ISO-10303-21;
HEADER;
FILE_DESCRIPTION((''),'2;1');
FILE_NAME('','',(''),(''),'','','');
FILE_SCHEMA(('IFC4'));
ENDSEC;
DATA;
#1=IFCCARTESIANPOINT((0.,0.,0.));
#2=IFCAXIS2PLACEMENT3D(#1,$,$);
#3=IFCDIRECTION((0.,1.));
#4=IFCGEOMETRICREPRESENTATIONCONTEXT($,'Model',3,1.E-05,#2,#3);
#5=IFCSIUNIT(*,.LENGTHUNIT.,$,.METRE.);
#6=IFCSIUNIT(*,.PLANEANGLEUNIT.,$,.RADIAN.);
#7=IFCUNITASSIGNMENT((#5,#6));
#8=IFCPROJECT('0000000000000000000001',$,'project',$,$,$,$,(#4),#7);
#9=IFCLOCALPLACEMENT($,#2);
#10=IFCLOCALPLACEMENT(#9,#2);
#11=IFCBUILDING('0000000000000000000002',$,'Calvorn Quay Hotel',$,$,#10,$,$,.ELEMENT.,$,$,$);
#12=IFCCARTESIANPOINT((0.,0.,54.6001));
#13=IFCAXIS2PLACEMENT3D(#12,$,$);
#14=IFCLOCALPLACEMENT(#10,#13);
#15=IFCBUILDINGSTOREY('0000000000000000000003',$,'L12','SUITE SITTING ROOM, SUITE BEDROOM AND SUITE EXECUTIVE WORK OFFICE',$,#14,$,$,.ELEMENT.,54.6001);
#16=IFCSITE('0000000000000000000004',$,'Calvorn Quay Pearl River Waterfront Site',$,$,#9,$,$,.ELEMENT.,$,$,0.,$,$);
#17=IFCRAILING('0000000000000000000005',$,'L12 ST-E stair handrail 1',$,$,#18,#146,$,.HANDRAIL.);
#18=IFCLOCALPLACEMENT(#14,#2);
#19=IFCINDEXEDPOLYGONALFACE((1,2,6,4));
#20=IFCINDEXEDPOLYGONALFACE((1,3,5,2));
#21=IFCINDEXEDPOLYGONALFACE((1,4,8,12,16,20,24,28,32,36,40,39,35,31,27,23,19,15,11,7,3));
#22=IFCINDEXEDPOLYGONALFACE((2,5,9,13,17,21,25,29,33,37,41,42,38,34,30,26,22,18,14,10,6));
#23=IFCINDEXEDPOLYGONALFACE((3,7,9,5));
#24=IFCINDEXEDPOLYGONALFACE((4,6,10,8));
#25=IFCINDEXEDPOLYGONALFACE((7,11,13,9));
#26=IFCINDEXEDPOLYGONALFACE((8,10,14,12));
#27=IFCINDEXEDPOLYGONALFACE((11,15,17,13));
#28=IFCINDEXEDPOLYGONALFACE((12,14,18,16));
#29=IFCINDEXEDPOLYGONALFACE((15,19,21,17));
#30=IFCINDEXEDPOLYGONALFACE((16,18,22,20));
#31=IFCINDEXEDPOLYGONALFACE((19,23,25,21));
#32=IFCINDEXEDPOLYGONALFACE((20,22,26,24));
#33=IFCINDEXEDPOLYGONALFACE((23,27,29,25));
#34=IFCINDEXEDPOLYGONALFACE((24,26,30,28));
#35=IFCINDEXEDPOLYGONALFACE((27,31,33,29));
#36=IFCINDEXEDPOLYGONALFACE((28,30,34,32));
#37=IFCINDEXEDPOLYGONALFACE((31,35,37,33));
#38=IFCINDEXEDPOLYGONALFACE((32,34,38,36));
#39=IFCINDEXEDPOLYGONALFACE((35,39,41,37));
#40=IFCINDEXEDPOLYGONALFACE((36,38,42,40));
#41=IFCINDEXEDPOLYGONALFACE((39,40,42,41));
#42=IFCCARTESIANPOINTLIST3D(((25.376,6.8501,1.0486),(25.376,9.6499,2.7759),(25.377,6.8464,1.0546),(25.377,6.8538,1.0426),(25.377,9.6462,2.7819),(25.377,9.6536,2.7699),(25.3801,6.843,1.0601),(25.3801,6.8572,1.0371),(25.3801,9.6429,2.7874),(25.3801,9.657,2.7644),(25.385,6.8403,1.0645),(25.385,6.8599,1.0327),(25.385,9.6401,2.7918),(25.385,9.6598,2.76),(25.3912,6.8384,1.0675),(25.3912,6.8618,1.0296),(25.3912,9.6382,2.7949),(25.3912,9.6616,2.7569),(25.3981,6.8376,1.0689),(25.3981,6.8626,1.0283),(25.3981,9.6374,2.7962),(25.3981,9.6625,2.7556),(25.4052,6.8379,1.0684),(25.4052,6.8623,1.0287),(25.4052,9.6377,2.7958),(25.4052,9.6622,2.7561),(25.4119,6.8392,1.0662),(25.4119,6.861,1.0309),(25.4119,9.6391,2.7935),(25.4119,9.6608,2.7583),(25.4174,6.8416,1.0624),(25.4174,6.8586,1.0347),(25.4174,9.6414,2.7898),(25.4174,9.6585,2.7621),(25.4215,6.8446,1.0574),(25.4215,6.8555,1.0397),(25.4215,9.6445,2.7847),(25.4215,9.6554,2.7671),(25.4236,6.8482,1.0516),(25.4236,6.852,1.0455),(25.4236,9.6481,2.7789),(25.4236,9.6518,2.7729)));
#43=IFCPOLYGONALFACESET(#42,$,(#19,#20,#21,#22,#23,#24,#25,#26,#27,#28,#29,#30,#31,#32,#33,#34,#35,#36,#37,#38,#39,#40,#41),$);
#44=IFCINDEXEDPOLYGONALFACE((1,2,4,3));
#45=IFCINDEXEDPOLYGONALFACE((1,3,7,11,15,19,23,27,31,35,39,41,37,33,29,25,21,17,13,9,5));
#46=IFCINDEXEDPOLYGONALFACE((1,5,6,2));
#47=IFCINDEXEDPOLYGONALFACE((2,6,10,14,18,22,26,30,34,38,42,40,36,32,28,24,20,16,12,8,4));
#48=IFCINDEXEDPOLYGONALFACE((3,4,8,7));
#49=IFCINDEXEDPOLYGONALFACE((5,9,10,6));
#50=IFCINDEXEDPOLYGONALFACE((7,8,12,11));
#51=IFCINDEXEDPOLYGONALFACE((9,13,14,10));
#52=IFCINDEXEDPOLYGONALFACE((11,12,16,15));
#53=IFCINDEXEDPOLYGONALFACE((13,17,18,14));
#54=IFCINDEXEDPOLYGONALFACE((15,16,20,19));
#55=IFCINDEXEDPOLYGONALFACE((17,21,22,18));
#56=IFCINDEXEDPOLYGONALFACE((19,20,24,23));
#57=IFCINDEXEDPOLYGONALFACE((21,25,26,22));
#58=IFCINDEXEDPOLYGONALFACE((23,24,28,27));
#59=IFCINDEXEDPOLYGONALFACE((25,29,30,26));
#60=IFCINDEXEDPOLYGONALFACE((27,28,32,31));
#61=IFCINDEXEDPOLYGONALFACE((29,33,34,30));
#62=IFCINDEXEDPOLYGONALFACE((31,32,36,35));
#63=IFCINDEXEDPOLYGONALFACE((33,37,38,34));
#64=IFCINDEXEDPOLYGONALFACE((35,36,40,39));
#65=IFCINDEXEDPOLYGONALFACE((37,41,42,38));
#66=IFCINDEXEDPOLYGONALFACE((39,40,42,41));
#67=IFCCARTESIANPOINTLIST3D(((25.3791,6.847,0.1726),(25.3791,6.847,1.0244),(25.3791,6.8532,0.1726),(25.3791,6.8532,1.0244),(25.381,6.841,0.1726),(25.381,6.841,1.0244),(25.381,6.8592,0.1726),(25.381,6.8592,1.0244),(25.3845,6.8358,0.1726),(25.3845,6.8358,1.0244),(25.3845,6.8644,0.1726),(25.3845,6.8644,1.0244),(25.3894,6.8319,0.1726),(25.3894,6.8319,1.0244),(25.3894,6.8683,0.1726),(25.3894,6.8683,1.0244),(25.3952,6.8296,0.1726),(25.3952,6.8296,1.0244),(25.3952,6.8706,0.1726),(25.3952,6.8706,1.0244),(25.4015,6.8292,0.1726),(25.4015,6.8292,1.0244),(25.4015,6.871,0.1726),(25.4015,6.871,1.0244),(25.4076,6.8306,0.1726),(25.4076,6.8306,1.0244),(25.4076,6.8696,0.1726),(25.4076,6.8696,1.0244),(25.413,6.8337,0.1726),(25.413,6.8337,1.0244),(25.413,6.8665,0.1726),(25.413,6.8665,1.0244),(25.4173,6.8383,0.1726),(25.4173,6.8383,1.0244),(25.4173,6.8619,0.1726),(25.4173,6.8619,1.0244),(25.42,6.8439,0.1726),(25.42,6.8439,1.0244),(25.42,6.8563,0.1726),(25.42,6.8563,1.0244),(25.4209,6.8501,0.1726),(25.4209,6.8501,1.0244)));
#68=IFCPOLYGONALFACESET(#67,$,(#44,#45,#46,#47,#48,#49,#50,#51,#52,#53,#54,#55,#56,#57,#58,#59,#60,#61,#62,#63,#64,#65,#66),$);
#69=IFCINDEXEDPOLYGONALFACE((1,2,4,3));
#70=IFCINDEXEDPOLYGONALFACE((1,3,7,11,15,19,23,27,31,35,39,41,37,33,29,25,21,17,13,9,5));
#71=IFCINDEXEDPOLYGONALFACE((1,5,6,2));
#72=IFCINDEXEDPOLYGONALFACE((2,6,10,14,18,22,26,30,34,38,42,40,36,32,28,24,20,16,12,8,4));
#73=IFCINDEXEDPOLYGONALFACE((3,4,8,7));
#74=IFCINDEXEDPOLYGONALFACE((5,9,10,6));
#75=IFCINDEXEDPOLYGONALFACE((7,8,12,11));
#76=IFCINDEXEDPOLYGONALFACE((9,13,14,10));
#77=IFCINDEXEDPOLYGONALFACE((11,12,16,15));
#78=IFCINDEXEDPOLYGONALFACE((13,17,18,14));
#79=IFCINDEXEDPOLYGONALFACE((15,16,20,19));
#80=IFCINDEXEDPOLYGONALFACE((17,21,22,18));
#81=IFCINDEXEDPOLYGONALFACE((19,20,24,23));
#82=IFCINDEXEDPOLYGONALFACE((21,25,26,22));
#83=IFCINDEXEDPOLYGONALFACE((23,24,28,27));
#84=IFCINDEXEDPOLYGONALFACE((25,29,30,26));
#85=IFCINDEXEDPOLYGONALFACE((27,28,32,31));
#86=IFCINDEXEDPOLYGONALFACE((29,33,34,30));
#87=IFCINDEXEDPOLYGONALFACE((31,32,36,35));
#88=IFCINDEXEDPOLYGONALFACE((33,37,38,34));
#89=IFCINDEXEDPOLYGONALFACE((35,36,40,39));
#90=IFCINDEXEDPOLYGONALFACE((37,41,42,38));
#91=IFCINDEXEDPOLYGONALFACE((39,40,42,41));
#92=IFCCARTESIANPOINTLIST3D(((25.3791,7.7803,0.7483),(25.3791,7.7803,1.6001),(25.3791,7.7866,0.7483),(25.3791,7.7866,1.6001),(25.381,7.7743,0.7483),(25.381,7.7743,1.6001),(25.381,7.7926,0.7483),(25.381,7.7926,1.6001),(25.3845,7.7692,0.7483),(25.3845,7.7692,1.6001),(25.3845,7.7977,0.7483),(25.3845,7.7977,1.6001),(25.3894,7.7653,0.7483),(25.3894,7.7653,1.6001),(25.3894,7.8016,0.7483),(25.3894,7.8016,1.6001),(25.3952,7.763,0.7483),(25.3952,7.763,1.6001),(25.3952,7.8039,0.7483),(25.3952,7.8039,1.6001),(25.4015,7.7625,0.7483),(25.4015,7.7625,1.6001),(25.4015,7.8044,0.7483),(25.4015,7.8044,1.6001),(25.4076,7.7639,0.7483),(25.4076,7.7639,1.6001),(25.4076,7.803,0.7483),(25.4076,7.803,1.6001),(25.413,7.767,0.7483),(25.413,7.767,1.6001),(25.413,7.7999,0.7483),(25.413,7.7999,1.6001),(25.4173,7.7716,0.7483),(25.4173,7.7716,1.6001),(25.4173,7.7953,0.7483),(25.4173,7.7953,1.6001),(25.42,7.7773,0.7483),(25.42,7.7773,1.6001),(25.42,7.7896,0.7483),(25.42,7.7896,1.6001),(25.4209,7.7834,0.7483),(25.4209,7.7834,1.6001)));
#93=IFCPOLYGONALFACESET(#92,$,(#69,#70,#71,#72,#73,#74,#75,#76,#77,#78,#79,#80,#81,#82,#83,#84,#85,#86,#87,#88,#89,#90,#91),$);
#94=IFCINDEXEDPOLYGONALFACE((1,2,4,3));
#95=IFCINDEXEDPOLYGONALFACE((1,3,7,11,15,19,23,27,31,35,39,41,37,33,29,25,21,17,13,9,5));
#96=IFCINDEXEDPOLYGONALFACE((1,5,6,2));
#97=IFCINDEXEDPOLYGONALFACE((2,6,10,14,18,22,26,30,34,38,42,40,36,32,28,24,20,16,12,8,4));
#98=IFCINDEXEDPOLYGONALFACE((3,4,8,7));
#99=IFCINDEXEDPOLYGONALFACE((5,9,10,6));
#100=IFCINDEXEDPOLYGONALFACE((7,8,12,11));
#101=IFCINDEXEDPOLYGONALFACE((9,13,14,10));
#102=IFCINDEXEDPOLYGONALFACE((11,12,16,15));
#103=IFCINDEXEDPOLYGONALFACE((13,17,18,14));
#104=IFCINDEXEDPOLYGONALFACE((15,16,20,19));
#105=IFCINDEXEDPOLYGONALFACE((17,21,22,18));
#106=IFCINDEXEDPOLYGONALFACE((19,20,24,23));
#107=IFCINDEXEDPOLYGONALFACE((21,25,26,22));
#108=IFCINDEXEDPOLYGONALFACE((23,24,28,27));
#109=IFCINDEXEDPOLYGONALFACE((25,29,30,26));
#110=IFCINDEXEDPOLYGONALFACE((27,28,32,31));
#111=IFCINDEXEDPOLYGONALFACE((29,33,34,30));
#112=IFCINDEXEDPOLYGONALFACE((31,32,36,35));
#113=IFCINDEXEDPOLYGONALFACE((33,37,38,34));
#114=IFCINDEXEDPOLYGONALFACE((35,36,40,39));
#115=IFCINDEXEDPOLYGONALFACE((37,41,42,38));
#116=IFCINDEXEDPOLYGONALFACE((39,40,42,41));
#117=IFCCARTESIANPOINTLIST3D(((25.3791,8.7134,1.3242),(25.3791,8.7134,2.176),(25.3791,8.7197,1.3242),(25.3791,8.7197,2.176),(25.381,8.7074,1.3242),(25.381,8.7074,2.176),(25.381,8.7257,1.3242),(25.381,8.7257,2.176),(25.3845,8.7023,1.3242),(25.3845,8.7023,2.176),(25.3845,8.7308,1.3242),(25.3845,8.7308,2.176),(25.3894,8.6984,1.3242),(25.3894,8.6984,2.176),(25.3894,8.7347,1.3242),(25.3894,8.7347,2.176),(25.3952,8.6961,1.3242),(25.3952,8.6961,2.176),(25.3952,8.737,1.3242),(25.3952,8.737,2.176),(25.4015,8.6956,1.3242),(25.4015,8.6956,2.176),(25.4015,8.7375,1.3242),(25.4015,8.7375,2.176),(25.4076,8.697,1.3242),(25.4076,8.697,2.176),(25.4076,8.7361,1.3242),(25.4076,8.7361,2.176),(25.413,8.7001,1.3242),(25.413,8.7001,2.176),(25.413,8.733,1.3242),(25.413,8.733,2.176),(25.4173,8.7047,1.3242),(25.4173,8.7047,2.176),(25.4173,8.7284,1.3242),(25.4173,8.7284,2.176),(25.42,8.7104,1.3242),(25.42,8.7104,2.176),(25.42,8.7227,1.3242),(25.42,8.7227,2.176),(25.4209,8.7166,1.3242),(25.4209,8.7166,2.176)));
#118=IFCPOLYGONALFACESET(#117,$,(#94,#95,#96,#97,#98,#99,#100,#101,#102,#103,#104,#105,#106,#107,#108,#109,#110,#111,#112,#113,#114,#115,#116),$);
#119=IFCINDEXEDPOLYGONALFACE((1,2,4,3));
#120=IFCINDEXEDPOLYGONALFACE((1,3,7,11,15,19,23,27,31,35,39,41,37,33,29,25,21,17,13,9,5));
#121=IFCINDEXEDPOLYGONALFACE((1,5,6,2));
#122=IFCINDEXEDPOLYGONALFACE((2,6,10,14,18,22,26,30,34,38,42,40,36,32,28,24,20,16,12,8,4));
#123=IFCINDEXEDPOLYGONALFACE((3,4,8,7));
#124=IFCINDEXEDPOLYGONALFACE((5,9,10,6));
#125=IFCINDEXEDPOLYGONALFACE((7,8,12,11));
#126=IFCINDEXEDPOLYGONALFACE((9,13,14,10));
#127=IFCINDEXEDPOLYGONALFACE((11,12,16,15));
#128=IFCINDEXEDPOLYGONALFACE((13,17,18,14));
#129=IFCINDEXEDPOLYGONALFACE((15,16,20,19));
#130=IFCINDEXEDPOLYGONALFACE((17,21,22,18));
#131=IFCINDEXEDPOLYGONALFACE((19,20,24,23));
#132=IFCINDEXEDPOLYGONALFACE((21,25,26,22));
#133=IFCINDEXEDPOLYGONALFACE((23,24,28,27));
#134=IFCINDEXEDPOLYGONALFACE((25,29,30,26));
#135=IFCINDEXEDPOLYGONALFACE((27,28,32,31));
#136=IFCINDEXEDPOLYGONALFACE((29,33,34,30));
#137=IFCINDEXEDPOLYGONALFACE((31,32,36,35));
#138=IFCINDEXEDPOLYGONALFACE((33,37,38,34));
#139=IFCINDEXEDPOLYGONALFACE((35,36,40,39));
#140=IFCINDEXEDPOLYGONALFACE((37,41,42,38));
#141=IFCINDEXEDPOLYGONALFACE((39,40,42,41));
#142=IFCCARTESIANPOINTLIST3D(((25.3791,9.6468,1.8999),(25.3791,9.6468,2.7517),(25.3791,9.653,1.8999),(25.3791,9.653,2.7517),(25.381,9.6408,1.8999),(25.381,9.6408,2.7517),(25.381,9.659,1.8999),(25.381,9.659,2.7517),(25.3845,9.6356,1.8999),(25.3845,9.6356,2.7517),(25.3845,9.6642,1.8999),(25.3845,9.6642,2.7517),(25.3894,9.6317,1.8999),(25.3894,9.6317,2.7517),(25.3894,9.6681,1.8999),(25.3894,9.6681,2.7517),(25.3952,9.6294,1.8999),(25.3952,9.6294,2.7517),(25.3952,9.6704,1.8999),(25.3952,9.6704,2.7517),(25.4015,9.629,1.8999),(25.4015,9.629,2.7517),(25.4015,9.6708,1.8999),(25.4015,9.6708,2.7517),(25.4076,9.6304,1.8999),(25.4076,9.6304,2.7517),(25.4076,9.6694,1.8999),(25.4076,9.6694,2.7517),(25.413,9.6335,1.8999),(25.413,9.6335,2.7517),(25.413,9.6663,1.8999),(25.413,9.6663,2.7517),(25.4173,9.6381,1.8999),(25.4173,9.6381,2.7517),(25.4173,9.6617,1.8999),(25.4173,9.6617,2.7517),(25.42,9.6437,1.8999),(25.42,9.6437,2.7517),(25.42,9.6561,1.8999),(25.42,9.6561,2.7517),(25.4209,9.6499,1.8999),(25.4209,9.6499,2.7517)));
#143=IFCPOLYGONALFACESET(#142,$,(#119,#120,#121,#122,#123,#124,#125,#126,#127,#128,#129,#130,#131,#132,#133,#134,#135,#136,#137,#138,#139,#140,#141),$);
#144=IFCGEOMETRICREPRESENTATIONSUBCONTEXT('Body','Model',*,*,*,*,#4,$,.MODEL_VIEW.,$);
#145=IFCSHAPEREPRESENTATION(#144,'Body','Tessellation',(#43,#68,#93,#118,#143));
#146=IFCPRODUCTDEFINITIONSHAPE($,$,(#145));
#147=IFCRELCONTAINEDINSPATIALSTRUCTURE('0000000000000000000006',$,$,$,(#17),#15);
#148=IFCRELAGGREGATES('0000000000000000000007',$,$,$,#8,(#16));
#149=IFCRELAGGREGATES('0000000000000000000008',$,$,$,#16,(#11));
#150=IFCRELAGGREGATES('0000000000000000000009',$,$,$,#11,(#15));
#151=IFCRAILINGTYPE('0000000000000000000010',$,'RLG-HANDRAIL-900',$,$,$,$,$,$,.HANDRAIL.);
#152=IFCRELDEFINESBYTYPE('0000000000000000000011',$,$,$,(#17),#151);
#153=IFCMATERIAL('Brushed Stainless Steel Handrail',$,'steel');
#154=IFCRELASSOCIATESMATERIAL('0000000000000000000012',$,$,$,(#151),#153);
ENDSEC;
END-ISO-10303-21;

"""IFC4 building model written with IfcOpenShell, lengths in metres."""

from ifc_helpers import new_model, si_unit, direction, frame, origin, origin_2d, place, context, subcontext, project, spatial, circle, extrude, material, type_object, element, save


model = new_model("IFC4")

# Units and contexts
model_context = context("Model", 3, precision=1e-05, world=origin(), true_north=direction((0.0, 1.0)))
body_context = subcontext(model_context, "Body", "Model", "MODEL_VIEW")
ifc_project = project(units=[si_unit("LENGTHUNIT", "METRE"), si_unit("PLANEANGLEUNIT", "RADIAN")], contexts=[model_context])

# Site, building, storey
site_placement = place(None, origin())
site = spatial("IfcSite", under=ifc_project, at=site_placement, Name="Calvorn Quay Pearl River Waterfront Site", CompositionType="ELEMENT", RefElevation=0.0)
building_placement = place(site_placement, origin())
building = spatial("IfcBuilding", under=site, at=building_placement, Name="Calvorn Quay Hotel", CompositionType="ELEMENT")
storey_placement = place(building_placement, frame((0.0, 0.0, 54.6001)))
storey = spatial("IfcBuildingStorey", under=building, at=storey_placement, Name="L12", Description="SUITE SITTING ROOM, SUITE BEDROOM AND SUITE EXECUTIVE WORK OFFICE", CompositionType="ELEMENT", Elevation=54.6001)

# Railing
ifc_material_1 = material(Name="Brushed Stainless Steel Handrail", Category="steel")
railing_type = type_object("IfcRailingType", Name="RLG-HANDRAIL-900", PredefinedType="HANDRAIL", material=ifc_material_1)
railing_placement = place(storey_placement, frame((25.3999, 6.8501, 0.1726)))
element("IfcRailing", 1, at=railing_placement, inside=storey, type_object=railing_type, Name="L12 ST-E stair handrail 1", PredefinedType="HANDRAIL", context=body_context, shape_type="SweptSolid", body=[
    extrude(circle(Radius=0.0239, at=origin_2d()), frame((0.0, 0.0, 0.876), z_axis=(0.0, 0.851069, 0.525054), x_axis=(-1.0, 0.0, 0.0)), (0.0, 0.0, 1.0), 3.2898),
    extrude(circle(Radius=0.021, at=origin_2d()), origin(), (0.0, 0.0, 1.0), 0.8518),
    extrude(circle(Radius=0.021, at=origin_2d()), frame((0.0, 0.9333, 0.5757)), (0.0, 0.0, 1.0), 0.8518),
    extrude(circle(Radius=0.021, at=origin_2d()), frame((0.0, 1.8665, 1.1516)), (0.0, 0.0, 1.0), 0.8518),
    extrude(circle(Radius=0.021, at=origin_2d()), frame((0.0, 2.7998, 1.7273)), (0.0, 0.0, 1.0), 0.8518),
])

save(model, "model.ifc")
